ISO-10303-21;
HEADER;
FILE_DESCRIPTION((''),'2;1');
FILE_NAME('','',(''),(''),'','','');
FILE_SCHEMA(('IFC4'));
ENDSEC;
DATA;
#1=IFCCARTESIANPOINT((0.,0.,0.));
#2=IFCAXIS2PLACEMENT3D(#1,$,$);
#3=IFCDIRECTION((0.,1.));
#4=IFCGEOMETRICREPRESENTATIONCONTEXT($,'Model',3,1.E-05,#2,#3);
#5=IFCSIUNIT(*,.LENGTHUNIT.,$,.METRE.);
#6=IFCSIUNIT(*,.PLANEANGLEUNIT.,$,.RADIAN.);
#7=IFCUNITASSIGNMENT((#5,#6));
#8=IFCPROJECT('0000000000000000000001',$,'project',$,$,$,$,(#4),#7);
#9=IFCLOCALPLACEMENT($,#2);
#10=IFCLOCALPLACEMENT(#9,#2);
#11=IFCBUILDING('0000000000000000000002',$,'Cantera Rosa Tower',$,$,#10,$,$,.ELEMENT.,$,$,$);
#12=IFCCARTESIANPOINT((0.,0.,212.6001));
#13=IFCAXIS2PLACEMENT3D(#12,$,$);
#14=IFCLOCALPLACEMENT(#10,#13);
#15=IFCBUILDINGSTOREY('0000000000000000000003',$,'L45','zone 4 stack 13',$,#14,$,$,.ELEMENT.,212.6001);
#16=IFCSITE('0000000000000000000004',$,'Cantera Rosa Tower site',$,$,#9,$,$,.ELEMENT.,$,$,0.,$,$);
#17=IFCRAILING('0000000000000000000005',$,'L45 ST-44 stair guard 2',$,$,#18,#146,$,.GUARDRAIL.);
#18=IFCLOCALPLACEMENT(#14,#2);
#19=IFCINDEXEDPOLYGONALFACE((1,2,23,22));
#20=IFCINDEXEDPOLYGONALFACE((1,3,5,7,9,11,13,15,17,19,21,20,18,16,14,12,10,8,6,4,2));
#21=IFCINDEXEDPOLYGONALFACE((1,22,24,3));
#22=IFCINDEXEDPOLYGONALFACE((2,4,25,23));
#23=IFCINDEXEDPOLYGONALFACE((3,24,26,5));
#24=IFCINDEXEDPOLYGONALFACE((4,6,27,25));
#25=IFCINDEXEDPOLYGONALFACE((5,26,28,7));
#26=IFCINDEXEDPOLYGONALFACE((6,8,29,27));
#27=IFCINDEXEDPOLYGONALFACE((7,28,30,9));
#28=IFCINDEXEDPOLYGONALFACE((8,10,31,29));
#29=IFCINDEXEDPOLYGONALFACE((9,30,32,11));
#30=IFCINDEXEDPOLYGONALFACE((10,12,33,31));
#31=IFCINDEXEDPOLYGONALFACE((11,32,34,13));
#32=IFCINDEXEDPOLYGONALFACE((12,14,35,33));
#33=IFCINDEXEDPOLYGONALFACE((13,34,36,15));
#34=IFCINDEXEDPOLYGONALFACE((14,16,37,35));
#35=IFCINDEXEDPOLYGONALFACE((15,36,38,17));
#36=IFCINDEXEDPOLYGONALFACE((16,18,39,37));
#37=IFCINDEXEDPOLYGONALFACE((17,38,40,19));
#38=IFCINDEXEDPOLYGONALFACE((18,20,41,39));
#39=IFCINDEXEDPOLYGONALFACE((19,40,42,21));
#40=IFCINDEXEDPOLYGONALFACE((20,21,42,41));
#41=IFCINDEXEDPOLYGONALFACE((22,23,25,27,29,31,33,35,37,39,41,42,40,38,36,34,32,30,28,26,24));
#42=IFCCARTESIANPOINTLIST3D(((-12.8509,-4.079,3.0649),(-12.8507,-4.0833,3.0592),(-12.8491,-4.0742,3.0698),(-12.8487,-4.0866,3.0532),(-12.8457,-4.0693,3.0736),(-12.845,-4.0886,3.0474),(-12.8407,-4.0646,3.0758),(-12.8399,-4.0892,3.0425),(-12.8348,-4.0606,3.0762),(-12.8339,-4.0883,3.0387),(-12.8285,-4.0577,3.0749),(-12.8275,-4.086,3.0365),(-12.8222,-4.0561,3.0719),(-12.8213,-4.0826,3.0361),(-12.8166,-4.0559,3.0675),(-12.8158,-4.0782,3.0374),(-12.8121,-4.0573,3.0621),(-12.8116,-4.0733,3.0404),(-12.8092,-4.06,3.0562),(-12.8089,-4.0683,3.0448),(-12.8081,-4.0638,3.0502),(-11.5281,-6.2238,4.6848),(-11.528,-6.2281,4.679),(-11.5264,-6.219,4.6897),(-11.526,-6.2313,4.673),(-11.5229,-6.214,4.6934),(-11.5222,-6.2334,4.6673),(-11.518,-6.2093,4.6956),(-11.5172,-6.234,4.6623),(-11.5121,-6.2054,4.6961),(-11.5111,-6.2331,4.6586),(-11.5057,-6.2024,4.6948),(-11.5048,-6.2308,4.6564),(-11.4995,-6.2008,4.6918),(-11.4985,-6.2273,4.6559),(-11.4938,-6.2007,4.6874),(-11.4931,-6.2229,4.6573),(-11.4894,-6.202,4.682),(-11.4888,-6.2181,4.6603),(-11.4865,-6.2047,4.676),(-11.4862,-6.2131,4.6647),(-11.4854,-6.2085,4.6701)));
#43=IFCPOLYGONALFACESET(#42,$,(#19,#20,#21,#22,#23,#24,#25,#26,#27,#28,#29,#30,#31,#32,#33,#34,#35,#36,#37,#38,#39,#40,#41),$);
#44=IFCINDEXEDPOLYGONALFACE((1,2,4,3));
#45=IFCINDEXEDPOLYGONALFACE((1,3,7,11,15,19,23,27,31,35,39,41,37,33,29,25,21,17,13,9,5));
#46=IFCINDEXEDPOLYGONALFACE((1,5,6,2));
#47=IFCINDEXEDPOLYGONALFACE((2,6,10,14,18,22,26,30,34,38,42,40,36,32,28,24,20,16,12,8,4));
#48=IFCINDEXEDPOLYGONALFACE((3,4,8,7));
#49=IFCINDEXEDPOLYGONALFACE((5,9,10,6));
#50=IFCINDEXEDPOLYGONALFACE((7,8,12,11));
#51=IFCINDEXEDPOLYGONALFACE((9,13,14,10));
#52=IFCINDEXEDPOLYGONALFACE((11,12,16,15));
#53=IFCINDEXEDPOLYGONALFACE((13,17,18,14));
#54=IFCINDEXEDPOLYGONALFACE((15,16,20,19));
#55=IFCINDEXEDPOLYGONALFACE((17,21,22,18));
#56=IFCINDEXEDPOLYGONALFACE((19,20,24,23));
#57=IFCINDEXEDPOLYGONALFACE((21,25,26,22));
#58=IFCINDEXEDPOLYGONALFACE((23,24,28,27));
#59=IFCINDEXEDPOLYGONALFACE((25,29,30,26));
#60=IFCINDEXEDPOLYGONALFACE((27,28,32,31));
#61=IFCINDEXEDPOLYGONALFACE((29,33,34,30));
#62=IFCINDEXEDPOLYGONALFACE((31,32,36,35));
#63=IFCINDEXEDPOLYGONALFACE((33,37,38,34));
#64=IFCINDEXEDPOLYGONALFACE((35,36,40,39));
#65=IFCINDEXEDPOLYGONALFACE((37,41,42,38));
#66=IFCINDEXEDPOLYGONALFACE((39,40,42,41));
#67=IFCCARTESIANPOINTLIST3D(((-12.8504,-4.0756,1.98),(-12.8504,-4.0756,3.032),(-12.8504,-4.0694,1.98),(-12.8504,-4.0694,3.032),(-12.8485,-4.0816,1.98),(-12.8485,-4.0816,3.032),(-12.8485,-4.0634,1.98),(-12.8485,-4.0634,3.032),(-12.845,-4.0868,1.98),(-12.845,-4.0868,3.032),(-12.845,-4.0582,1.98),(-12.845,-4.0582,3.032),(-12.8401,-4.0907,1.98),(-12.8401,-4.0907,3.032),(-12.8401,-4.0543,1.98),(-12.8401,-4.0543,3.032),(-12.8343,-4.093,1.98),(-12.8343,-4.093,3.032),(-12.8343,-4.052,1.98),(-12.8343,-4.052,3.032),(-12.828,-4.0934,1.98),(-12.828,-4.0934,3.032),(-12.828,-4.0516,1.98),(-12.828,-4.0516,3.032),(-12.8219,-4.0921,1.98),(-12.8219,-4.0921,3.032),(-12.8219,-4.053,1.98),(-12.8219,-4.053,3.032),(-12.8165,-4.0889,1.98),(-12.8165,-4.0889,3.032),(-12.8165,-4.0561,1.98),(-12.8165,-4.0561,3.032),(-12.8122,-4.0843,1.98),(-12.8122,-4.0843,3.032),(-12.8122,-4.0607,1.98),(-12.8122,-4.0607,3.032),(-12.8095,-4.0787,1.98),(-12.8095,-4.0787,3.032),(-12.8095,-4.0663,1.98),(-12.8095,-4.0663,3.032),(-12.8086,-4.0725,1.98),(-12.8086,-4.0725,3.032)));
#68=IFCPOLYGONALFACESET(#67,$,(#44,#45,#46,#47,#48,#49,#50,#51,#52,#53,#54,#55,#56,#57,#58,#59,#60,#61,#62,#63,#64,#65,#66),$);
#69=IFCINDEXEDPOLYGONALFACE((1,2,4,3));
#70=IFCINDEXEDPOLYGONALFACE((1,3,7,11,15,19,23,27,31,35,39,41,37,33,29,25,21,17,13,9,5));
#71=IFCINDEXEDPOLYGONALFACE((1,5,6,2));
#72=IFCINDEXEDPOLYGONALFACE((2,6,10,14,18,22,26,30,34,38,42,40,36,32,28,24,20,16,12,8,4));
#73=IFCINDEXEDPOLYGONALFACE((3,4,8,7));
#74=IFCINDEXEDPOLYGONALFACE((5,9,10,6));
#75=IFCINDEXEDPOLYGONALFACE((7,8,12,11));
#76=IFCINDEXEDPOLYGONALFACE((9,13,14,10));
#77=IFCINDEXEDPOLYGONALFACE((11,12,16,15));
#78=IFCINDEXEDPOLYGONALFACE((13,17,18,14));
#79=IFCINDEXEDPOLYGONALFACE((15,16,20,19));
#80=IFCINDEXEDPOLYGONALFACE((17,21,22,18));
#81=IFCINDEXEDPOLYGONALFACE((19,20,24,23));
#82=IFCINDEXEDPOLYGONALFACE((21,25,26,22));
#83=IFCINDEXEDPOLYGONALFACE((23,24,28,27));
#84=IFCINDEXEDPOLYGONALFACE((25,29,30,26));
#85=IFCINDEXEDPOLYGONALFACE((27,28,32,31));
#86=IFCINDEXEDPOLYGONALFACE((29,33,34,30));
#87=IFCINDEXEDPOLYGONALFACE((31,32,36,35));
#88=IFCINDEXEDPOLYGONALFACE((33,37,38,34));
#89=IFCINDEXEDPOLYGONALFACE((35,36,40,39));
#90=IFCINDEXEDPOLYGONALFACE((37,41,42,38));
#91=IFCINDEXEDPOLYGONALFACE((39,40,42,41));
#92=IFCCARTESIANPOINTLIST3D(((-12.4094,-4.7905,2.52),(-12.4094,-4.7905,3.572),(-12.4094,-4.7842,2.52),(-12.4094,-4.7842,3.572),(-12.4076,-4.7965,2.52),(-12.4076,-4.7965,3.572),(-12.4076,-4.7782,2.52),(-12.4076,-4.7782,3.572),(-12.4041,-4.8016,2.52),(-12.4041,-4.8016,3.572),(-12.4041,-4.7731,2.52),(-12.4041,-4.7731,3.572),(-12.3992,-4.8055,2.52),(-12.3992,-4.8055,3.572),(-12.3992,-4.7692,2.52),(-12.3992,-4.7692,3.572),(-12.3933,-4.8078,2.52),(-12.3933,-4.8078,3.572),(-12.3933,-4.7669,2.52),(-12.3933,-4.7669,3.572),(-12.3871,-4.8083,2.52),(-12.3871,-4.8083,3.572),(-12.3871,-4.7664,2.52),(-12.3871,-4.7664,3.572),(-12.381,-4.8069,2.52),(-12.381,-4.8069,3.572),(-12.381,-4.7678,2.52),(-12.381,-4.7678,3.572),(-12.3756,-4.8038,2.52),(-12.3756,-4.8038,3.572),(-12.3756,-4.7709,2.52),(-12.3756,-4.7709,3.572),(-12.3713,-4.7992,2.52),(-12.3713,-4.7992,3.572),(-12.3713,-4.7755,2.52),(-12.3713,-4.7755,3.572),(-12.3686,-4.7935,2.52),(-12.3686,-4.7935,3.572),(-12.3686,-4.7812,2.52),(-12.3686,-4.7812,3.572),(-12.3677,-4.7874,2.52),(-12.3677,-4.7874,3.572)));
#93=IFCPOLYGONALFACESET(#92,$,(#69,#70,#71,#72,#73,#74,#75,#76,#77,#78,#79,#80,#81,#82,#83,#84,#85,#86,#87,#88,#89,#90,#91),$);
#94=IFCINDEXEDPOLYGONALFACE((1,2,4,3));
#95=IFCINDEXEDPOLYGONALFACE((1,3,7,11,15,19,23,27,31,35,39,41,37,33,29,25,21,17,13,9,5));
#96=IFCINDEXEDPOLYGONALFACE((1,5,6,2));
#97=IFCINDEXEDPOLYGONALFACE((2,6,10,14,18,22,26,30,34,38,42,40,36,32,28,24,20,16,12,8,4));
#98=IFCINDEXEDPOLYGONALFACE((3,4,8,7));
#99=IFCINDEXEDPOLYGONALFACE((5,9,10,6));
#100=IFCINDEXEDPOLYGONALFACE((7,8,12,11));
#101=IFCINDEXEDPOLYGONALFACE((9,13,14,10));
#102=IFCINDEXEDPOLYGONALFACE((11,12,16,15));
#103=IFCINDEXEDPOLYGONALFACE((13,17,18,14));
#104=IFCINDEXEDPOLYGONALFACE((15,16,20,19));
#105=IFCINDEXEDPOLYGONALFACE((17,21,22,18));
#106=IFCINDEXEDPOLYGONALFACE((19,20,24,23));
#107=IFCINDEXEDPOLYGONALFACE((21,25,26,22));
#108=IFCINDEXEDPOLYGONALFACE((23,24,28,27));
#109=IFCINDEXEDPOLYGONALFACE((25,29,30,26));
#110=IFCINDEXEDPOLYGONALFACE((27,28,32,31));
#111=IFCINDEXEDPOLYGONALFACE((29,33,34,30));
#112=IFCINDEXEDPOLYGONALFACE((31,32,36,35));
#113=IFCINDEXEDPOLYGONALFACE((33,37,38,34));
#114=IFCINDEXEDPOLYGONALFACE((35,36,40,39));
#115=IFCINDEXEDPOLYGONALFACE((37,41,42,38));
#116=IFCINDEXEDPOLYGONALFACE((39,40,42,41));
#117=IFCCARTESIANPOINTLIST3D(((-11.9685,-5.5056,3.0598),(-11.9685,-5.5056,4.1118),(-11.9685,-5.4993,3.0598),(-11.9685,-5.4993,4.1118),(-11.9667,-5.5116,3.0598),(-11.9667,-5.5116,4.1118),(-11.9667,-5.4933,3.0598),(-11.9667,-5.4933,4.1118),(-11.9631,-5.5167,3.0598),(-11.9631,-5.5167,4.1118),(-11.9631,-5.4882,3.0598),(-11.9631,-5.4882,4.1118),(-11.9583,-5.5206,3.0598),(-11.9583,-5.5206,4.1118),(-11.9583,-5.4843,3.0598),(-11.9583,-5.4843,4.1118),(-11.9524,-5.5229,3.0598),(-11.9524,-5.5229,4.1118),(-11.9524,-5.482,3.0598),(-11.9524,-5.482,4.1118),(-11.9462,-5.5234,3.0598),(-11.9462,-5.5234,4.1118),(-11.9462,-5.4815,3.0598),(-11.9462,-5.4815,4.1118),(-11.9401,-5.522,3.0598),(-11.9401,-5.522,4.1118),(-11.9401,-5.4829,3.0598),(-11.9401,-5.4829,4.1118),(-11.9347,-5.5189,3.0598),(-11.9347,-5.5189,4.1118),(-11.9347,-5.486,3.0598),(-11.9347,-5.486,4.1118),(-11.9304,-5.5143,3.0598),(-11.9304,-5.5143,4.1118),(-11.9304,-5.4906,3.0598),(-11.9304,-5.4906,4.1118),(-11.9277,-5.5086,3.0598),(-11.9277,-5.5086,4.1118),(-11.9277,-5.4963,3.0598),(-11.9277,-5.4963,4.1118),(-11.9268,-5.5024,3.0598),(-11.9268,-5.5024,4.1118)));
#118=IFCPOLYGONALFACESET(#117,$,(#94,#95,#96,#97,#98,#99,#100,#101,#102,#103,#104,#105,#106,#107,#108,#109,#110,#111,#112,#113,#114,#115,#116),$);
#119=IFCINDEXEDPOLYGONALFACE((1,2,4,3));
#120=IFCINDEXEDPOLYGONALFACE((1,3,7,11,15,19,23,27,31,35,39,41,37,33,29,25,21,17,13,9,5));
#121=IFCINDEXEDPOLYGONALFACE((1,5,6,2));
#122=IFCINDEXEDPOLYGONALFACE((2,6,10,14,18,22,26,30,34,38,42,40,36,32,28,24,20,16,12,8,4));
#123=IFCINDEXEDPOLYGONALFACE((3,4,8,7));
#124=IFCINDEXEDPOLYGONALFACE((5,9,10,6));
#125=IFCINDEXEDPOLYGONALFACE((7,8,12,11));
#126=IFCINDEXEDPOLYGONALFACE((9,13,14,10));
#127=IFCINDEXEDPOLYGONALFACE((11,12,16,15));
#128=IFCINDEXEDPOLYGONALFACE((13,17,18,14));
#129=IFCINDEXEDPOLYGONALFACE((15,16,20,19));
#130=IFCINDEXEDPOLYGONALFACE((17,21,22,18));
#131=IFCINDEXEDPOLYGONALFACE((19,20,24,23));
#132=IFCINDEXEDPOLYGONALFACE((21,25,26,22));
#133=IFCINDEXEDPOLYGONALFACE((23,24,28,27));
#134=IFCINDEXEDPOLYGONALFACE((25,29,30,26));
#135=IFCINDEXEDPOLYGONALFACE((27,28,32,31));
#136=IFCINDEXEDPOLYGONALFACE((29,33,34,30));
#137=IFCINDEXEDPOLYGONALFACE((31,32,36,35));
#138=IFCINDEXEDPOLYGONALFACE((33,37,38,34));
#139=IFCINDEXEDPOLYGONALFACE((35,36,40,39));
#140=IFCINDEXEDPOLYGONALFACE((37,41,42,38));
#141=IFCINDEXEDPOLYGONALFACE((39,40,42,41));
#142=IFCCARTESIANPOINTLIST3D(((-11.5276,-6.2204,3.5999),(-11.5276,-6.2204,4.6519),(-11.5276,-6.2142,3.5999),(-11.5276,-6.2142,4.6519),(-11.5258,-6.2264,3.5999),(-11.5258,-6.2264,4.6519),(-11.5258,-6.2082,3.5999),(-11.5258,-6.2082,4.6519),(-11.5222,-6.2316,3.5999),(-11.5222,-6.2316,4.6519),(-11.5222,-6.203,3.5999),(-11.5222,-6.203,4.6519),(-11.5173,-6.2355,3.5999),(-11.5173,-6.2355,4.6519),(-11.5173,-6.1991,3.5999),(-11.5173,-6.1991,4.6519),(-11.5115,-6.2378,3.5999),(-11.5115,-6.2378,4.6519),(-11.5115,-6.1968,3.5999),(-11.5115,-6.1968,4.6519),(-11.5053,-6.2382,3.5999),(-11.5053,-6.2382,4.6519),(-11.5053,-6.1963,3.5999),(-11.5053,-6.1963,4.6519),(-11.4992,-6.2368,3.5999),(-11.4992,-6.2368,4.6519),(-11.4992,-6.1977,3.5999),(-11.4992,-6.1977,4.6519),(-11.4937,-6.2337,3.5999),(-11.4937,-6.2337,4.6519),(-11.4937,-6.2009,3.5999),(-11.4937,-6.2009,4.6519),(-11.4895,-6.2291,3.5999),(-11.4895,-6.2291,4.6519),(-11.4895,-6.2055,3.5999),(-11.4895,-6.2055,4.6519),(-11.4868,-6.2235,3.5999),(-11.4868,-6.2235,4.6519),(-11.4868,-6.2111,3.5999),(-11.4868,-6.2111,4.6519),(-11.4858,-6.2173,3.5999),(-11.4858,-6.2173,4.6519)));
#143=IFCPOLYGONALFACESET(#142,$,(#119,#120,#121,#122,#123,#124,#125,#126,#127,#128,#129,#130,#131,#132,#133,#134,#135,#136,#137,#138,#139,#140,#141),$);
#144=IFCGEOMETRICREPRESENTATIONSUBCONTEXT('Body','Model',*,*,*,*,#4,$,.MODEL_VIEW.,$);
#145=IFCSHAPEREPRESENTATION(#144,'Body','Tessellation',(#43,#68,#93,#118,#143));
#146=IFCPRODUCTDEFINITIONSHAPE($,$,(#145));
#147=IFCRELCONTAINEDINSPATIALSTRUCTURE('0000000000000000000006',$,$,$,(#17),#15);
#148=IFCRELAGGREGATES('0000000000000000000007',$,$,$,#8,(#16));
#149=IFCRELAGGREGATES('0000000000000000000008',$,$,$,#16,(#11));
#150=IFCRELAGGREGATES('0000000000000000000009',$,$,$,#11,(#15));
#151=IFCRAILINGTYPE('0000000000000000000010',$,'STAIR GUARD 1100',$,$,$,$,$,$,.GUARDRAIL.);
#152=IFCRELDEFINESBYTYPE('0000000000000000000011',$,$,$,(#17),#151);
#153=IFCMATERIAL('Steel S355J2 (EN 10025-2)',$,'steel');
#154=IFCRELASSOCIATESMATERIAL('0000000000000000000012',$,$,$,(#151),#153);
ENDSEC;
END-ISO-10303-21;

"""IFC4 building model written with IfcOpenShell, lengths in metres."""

from ifc_helpers import new_model, si_unit, direction, frame, origin, origin_2d, place, context, subcontext, project, spatial, circle, extrude, material, type_object, element, save


model = new_model("IFC4")

# Units and contexts
model_context = context("Model", 3, precision=1e-05, world=origin(), true_north=direction((0.0, 1.0)))
body_context = subcontext(model_context, "Body", "Model", "MODEL_VIEW")
ifc_project = project(units=[si_unit("LENGTHUNIT", "METRE"), si_unit("PLANEANGLEUNIT", "RADIAN")], contexts=[model_context])

# Site, building, storey
site_placement = place(None, origin())
site = spatial("IfcSite", under=ifc_project, at=site_placement, Name="Cantera Rosa Tower site", CompositionType="ELEMENT", RefElevation=0.0)
building_placement = place(site_placement, origin())
building = spatial("IfcBuilding", under=site, at=building_placement, Name="Cantera Rosa Tower", CompositionType="ELEMENT")
storey_placement = place(building_placement, frame((0.0, 0.0, 212.6001)))
storey = spatial("IfcBuildingStorey", under=building, at=storey_placement, Name="L45", Description="zone 4 stack 13", CompositionType="ELEMENT", Elevation=212.6001)

# Railing
ifc_material_1 = material(Name="Steel S355J2 (EN 10025-2)", Category="steel")
railing_type_1 = type_object("IfcRailingType", Name="STAIR GUARD 1100", PredefinedType="GUARDRAIL", material=ifc_material_1)
railing_1_placement = place(storey_placement, frame((-12.8296, -4.0725, 1.98)))
element("IfcRailing", 1, at=railing_1_placement, inside=storey, type_object=railing_type_1, Name="L45 ST-44 stair guard 2", PredefinedType="GUARDRAIL", context=body_context, shape_type="SweptSolid", body=[
    extrude(circle(Radius=0.0239, at=origin_2d()), frame((0.0, 0.0, 1.0762), z_axis=(0.441563, -0.715971, 0.540748), x_axis=(0.851146, 0.52493, 0.0)), (0.0, 0.0, 1.0), 2.9956),
    extrude(circle(Radius=0.021, at=origin_2d()), origin(), (0.0, 0.0, 1.0), 1.052),
    extrude(circle(Radius=0.021, at=origin_2d()), frame((0.4409, -0.7148, 0.54)), (0.0, 0.0, 1.0), 1.052),
    extrude(circle(Radius=0.021, at=origin_2d()), frame((0.8818, -1.4299, 1.0798)), (0.0, 0.0, 1.0), 1.052),
    extrude(circle(Radius=0.021, at=origin_2d()), frame((1.3228, -2.1448, 1.6199)), (0.0, 0.0, 1.0), 1.052),
])

save(model, "model.ifc")
